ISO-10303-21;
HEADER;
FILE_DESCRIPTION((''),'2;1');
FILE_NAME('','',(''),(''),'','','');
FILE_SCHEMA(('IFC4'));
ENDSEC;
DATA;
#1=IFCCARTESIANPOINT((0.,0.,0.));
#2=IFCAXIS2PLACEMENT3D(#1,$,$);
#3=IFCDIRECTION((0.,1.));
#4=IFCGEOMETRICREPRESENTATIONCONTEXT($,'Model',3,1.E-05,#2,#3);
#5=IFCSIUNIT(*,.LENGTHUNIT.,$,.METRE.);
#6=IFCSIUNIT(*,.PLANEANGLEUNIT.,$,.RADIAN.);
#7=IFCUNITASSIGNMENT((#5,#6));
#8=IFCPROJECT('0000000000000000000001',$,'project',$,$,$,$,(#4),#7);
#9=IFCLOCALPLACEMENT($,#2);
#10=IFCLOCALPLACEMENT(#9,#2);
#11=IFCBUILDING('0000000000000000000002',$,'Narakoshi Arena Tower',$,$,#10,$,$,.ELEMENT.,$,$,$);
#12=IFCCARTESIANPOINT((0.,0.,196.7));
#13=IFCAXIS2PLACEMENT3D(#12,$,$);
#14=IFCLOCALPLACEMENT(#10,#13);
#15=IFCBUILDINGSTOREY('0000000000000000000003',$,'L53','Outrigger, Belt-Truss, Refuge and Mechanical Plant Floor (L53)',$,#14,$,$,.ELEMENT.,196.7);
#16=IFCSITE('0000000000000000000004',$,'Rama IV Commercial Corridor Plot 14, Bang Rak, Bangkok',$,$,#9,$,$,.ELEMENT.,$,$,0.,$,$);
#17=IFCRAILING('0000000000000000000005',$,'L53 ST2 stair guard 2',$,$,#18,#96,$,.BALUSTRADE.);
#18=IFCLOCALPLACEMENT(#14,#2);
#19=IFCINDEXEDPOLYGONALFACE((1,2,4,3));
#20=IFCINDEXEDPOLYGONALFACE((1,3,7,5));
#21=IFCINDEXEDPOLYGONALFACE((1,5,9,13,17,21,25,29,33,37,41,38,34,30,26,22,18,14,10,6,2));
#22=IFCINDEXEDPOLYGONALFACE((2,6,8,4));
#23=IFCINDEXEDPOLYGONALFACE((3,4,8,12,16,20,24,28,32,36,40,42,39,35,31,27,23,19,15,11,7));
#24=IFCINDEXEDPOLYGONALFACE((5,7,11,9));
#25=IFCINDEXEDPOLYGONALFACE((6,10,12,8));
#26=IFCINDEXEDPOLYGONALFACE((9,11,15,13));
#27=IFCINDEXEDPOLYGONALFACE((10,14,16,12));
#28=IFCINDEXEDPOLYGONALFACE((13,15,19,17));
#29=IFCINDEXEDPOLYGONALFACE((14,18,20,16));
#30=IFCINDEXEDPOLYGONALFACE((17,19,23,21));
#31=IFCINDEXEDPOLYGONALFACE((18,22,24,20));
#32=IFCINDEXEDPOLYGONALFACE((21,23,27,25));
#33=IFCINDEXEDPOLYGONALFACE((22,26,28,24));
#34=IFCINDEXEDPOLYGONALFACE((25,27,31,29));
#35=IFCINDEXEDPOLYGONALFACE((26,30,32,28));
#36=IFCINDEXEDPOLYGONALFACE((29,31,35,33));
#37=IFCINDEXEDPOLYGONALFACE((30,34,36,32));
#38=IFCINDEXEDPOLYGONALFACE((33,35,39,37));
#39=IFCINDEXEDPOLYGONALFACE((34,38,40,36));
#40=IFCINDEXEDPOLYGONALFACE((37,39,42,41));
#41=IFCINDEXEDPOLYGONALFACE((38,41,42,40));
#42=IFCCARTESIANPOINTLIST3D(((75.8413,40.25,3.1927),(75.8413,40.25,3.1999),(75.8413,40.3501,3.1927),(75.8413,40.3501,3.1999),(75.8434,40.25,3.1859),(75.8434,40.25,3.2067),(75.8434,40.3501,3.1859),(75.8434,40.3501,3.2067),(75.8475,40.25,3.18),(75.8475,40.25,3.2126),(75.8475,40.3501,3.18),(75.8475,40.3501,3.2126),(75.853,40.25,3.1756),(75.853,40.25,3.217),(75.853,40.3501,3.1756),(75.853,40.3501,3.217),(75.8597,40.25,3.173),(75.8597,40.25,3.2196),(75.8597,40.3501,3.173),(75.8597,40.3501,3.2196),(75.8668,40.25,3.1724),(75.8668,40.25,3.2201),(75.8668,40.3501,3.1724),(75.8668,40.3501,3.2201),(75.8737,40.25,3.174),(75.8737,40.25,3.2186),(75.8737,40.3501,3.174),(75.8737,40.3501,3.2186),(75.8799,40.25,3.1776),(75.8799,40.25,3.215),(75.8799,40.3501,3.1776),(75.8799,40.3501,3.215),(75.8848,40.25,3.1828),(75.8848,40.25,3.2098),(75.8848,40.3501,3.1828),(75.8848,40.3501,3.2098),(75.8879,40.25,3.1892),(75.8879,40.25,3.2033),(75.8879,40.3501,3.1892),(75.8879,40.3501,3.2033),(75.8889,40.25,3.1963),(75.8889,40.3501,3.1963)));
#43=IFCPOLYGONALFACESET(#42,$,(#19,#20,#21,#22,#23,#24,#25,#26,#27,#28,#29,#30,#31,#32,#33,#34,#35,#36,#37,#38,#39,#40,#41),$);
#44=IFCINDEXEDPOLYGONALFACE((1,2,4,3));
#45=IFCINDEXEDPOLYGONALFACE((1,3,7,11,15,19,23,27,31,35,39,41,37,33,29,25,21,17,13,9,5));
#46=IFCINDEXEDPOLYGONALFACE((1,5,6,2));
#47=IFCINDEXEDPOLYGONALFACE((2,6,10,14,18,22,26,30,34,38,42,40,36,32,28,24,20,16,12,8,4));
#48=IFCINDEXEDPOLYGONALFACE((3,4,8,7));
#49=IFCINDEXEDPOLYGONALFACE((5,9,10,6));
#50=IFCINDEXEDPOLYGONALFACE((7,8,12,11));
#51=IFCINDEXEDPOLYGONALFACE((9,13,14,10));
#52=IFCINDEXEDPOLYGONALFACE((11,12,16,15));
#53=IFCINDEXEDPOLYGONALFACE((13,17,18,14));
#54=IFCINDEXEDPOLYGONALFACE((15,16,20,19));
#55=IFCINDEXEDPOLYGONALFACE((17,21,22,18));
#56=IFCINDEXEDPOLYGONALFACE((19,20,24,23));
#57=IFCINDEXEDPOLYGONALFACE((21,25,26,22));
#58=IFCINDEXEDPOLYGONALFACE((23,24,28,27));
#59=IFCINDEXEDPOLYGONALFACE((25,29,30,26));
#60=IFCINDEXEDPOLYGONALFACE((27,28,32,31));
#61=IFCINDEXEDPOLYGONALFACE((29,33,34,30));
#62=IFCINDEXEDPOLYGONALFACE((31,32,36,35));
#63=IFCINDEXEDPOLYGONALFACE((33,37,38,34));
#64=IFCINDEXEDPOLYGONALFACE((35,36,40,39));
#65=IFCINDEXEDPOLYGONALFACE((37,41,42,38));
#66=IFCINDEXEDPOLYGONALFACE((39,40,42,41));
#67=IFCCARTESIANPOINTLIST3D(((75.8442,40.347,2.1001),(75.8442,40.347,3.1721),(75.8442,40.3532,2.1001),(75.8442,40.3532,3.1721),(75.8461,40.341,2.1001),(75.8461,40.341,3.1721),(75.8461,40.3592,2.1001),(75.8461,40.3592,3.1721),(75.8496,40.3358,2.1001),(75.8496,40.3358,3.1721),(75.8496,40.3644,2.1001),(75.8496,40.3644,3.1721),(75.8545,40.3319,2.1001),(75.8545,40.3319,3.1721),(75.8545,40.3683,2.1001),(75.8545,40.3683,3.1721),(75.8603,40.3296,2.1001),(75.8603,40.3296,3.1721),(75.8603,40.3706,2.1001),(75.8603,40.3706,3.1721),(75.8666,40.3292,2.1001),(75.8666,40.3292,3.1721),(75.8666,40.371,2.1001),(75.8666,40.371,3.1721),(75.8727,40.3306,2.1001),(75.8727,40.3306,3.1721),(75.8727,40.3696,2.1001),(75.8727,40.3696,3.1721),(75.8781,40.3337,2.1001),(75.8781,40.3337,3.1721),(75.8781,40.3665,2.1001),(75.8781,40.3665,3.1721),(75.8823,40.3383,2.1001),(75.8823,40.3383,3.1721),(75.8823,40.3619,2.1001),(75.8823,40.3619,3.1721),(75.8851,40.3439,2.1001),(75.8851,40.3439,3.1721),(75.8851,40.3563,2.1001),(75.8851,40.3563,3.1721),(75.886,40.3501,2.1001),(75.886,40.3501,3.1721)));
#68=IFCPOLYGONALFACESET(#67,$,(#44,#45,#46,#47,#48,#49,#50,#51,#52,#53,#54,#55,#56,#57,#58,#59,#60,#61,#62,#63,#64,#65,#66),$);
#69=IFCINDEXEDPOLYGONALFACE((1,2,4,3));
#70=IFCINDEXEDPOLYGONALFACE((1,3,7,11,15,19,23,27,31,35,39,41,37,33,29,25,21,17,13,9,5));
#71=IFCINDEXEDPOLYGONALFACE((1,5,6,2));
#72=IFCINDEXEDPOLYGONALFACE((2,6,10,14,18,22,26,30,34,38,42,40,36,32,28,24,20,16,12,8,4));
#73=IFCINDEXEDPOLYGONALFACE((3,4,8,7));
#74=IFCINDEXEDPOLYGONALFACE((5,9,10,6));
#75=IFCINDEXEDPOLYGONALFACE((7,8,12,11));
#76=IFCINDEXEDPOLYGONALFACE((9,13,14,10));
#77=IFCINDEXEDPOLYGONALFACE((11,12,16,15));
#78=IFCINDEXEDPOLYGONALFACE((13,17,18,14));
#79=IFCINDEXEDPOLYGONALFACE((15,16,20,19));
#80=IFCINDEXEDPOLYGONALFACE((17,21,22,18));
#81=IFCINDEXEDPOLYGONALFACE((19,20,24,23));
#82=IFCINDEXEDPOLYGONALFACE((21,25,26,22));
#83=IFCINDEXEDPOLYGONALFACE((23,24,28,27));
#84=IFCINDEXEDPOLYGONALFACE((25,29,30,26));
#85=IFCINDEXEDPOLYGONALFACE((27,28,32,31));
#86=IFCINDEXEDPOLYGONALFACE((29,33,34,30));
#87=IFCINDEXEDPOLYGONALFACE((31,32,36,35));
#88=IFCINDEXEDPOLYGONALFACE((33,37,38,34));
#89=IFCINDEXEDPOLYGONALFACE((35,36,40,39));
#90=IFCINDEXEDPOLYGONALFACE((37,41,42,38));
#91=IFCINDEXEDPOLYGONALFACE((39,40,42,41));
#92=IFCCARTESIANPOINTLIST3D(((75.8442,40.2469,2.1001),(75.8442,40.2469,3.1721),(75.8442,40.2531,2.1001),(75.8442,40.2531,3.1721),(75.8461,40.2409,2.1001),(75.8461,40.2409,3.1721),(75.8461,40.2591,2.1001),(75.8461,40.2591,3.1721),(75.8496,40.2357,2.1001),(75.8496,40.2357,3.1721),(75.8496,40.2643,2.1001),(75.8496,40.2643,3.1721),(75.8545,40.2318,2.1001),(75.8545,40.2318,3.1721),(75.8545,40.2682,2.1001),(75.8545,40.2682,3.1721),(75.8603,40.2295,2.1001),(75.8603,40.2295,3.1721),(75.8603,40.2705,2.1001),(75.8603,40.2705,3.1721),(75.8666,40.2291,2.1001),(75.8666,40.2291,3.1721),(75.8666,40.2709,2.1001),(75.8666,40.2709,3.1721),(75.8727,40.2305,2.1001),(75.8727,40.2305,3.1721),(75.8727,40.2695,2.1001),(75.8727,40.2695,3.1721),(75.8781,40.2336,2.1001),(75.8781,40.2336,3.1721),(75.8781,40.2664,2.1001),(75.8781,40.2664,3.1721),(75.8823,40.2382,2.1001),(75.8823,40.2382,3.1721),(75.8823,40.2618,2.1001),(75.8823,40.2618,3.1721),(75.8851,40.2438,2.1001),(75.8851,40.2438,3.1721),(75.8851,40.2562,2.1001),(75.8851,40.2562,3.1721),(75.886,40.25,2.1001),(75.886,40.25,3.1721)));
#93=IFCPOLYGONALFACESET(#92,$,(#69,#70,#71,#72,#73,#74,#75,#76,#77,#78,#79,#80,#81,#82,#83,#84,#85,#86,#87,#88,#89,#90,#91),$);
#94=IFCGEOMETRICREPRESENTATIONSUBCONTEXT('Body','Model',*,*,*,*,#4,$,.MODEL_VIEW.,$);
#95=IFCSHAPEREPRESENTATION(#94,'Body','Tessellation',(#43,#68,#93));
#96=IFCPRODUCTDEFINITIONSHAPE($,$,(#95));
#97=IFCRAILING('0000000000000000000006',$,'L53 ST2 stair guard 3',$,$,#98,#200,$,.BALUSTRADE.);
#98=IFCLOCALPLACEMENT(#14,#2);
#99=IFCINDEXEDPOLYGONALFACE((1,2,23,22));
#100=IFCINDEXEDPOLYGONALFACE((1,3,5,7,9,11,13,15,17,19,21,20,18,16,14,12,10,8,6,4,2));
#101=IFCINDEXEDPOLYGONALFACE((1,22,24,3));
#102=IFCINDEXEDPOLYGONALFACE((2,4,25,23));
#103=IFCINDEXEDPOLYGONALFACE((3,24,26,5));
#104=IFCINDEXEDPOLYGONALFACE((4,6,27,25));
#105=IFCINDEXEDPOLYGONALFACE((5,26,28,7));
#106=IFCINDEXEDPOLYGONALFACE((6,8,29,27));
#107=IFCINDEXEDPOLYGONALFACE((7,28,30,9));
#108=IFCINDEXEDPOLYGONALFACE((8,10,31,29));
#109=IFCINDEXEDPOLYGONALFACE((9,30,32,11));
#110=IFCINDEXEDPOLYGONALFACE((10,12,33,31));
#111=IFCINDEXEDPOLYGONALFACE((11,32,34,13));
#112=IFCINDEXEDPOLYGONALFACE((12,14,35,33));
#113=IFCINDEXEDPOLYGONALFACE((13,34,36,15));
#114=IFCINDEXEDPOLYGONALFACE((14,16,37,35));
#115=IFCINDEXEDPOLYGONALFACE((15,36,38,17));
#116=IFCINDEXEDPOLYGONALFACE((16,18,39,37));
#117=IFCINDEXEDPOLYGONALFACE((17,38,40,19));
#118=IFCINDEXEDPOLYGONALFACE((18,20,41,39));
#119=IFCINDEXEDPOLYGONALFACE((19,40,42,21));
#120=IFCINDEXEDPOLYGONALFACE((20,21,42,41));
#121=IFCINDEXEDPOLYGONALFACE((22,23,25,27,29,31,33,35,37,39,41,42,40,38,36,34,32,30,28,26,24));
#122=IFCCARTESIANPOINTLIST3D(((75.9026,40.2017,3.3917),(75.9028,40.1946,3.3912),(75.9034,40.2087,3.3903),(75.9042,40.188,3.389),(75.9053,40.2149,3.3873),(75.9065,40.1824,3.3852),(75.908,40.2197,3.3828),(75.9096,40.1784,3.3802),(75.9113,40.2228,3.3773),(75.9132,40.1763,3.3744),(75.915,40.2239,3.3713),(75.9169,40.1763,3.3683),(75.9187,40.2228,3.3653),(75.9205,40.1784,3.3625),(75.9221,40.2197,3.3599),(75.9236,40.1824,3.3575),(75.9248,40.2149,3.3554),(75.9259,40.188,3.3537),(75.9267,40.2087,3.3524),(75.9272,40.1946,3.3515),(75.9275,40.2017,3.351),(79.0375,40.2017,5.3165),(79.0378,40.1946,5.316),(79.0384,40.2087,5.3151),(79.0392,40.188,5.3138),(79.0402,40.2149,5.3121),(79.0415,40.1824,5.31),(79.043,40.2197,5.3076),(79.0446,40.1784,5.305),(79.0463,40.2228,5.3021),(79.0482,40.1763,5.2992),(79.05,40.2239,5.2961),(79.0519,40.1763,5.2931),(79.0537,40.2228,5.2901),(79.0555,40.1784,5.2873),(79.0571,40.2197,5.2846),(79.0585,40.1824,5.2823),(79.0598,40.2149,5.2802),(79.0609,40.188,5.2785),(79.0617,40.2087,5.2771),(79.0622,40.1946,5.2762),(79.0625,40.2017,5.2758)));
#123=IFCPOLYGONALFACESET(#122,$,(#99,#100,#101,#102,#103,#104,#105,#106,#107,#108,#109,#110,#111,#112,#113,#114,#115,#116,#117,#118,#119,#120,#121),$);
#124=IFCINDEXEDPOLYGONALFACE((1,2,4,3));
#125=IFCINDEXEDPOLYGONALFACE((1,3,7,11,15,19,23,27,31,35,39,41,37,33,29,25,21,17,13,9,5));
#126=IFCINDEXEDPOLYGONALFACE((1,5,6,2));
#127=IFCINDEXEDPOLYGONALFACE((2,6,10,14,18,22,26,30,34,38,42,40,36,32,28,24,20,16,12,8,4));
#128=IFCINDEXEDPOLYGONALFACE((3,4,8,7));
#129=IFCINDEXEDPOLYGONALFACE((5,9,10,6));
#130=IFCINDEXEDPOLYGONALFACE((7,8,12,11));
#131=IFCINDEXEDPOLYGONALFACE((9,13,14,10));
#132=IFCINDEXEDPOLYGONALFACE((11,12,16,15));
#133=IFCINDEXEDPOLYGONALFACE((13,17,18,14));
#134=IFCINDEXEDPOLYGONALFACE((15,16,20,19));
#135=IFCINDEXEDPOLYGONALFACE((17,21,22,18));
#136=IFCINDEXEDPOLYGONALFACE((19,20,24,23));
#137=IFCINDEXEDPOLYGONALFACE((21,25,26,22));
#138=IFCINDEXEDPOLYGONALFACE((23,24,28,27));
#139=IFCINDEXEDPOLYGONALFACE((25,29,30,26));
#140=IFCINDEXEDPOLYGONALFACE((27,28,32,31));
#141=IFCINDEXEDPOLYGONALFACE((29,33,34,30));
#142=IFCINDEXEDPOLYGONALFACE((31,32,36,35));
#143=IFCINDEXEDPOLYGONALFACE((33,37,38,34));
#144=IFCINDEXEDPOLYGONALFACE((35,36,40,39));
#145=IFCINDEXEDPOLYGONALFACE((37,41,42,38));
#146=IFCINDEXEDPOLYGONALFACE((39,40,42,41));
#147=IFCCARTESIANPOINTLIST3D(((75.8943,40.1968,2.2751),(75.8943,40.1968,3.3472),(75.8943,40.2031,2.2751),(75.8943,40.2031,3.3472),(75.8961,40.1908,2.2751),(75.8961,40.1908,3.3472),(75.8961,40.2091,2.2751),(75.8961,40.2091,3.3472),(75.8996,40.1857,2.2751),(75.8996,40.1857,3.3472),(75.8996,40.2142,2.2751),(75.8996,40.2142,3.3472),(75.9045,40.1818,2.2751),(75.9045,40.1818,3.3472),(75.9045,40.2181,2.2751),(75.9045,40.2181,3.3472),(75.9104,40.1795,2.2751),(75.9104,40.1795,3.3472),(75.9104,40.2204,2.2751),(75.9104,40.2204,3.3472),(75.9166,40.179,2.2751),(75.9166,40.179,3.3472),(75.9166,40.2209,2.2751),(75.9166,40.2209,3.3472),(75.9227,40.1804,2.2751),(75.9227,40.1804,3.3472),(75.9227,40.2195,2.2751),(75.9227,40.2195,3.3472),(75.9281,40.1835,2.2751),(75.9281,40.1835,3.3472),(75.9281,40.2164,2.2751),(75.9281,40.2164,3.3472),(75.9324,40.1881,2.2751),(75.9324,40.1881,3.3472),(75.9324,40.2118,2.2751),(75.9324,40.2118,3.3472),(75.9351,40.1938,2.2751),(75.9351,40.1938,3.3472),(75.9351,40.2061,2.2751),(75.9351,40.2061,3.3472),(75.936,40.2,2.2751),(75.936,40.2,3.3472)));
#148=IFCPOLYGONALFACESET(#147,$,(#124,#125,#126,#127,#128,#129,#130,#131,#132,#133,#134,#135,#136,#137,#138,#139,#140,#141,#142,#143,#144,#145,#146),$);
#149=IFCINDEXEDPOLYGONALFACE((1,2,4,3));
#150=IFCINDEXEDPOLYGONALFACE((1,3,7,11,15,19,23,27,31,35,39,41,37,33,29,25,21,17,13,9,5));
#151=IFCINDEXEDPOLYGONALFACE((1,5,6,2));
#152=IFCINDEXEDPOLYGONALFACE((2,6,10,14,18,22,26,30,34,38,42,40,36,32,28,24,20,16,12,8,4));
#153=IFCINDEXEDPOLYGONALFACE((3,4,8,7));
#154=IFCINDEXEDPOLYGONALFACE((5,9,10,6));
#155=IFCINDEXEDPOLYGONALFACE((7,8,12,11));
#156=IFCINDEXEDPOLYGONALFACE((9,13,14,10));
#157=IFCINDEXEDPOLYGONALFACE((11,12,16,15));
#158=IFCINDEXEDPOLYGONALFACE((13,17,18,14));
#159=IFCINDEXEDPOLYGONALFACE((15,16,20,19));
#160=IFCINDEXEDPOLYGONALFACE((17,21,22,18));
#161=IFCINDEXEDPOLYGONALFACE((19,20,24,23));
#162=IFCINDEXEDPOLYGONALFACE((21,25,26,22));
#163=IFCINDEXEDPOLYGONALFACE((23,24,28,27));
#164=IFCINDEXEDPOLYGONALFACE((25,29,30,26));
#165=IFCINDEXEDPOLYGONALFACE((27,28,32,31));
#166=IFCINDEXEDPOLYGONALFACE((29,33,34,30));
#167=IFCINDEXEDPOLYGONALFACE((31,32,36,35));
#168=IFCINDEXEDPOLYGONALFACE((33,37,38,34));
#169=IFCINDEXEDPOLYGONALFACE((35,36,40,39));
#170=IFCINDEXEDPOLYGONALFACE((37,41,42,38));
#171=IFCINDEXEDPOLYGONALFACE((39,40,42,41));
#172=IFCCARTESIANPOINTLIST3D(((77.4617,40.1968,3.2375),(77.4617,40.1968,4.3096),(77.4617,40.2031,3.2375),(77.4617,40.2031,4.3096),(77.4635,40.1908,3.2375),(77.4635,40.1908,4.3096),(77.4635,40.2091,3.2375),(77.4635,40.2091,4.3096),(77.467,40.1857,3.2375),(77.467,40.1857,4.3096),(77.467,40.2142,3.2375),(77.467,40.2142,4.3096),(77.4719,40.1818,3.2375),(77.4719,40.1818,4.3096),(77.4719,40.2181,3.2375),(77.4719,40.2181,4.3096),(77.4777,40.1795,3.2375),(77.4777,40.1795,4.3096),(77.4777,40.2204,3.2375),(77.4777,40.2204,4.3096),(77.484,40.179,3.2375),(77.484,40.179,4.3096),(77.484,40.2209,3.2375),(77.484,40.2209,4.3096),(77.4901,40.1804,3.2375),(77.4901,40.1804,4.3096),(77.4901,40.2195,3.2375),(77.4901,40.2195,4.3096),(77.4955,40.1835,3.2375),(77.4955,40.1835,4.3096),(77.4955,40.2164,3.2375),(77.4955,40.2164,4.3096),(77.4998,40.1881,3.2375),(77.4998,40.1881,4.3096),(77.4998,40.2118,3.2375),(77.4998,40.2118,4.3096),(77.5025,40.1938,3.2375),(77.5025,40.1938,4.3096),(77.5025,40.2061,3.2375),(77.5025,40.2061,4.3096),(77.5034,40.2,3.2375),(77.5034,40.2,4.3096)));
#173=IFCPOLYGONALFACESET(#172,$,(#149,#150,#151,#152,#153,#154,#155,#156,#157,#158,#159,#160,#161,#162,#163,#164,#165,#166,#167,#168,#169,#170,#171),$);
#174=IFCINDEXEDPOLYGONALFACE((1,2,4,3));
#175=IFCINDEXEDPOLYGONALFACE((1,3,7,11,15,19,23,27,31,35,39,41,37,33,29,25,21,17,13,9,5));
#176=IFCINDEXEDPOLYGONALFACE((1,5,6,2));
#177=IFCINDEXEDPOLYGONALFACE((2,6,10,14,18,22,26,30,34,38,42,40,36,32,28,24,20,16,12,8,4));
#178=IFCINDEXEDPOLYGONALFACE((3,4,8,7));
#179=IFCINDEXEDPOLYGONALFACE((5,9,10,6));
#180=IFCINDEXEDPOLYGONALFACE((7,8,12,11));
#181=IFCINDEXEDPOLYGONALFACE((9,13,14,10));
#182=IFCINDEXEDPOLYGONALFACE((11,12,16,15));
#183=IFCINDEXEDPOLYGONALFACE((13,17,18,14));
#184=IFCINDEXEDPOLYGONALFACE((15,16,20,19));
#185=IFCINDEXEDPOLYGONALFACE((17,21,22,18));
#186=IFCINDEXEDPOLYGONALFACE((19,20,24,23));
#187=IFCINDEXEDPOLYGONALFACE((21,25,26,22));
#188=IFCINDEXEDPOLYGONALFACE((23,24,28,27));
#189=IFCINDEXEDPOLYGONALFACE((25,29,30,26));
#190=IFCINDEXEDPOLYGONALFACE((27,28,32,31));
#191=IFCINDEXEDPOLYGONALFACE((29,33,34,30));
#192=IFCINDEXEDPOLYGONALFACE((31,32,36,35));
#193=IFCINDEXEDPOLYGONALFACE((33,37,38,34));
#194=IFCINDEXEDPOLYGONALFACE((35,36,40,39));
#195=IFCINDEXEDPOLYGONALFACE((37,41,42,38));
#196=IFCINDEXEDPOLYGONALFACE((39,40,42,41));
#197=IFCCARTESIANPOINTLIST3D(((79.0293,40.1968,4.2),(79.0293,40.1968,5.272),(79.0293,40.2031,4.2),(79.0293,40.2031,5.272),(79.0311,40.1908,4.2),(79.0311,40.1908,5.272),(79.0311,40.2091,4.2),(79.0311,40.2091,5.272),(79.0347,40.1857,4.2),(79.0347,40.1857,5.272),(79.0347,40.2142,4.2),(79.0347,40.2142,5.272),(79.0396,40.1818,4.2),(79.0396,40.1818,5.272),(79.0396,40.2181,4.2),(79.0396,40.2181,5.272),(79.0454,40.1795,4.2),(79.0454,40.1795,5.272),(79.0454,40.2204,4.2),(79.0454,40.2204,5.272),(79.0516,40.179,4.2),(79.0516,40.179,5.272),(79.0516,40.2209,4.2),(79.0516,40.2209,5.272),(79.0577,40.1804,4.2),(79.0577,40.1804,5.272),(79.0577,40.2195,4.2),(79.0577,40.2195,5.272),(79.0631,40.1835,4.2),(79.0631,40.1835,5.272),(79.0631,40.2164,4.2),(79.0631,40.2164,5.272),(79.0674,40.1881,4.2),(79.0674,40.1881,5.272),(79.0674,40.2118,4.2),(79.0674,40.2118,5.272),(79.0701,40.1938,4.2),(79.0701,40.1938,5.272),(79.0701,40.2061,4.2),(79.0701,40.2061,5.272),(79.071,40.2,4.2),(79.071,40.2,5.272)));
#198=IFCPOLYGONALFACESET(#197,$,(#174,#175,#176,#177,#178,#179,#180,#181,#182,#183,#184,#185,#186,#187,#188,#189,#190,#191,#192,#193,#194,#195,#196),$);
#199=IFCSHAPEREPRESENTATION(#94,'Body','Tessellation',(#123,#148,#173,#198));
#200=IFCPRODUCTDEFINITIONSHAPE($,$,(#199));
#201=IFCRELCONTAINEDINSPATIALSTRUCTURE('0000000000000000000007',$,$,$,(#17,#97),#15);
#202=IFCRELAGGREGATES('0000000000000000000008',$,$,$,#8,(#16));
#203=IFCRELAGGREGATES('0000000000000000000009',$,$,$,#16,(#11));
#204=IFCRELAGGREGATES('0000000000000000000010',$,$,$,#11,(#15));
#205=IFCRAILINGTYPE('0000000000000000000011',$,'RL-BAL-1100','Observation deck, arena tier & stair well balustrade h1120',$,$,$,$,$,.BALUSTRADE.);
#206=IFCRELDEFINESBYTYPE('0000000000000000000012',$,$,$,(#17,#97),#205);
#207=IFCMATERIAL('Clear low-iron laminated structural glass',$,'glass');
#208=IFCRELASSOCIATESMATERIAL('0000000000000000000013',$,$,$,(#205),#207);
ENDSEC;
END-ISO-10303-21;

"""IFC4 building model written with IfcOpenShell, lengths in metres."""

from ifc_helpers import new_model, si_unit, direction, frame, origin, origin_2d, place, context, subcontext, project, spatial, circle, extrude, material, type_object, element, save


model = new_model("IFC4")

# Units and contexts
model_context = context("Model", 3, precision=1e-05, world=origin(), true_north=direction((0.0, 1.0)))
body_context = subcontext(model_context, "Body", "Model", "MODEL_VIEW")
ifc_project = project(units=[si_unit("LENGTHUNIT", "METRE"), si_unit("PLANEANGLEUNIT", "RADIAN")], contexts=[model_context])

# Site, building, storey
site_placement = place(None, origin())
site = spatial("IfcSite", under=ifc_project, at=site_placement, Name="Rama IV Commercial Corridor Plot 14, Bang Rak, Bangkok", CompositionType="ELEMENT", RefElevation=0.0)
building_placement = place(site_placement, origin())
building = spatial("IfcBuilding", under=site, at=building_placement, Name="Narakoshi Arena Tower", CompositionType="ELEMENT")
storey_placement = place(building_placement, frame((0.0, 0.0, 196.7)))
storey = spatial("IfcBuildingStorey", under=building, at=storey_placement, Name="L53", Description="Outrigger, Belt-Truss, Refuge and Mechanical Plant Floor (L53)", CompositionType="ELEMENT", Elevation=196.7)

# Railings
ifc_material_1 = material(Name="Clear low-iron laminated structural glass", Category="glass")
railing_type_1 = type_object("IfcRailingType", Name="RL-BAL-1100", Description="Observation deck, arena tier & stair well balustrade h1120", PredefinedType="BALUSTRADE", material=ifc_material_1)
railing_1_placement = place(storey_placement, frame((75.865, 40.3501, 2.1001)))
element("IfcRailing", 1, at=railing_1_placement, inside=storey, type_object=railing_type_1, Name="L53 ST2 stair guard 2", PredefinedType="BALUSTRADE", context=body_context, shape_type="SweptSolid", body=[
    extrude(circle(Radius=0.0239, at=origin_2d()), frame((0.0, 0.0, 1.0962), z_axis=(0.0, -1.0, 0.0), x_axis=(1.0, 0.0, 0.0)), (0.0, 0.0, 1.0), 0.1001),
    extrude(circle(Radius=0.021, at=origin_2d()), origin(), (0.0, 0.0, 1.0), 1.072),
    extrude(circle(Radius=0.021, at=origin_2d()), frame((0.0, -0.1001, 0.0)), (0.0, 0.0, 1.0), 1.072),
])
railing_2_placement = place(storey_placement, frame((75.915, 40.2, 2.2751)))
element("IfcRailing", 2, at=railing_2_placement, inside=storey, type_object=railing_type_1, Name="L53 ST2 stair guard 3", PredefinedType="BALUSTRADE", context=body_context, shape_type="SweptSolid", body=[
    extrude(circle(Radius=0.0239, at=origin_2d()), frame((0.0, 0.0, 1.0962), z_axis=(0.852196, 0.0, 0.523223), x_axis=(0.0, 1.0, 0.0)), (0.0, 0.0, 1.0), 3.6787),
    extrude(circle(Radius=0.021, at=origin_2d()), origin(), (0.0, 0.0, 1.0), 1.072),
    extrude(circle(Radius=0.021, at=origin_2d()), frame((1.5674, 0.0, 0.9624)), (0.0, 0.0, 1.0), 1.072),
    extrude(circle(Radius=0.021, at=origin_2d()), frame((3.135, 0.0, 1.9248)), (0.0, 0.0, 1.0), 1.072),
])

save(model, "model.ifc")
